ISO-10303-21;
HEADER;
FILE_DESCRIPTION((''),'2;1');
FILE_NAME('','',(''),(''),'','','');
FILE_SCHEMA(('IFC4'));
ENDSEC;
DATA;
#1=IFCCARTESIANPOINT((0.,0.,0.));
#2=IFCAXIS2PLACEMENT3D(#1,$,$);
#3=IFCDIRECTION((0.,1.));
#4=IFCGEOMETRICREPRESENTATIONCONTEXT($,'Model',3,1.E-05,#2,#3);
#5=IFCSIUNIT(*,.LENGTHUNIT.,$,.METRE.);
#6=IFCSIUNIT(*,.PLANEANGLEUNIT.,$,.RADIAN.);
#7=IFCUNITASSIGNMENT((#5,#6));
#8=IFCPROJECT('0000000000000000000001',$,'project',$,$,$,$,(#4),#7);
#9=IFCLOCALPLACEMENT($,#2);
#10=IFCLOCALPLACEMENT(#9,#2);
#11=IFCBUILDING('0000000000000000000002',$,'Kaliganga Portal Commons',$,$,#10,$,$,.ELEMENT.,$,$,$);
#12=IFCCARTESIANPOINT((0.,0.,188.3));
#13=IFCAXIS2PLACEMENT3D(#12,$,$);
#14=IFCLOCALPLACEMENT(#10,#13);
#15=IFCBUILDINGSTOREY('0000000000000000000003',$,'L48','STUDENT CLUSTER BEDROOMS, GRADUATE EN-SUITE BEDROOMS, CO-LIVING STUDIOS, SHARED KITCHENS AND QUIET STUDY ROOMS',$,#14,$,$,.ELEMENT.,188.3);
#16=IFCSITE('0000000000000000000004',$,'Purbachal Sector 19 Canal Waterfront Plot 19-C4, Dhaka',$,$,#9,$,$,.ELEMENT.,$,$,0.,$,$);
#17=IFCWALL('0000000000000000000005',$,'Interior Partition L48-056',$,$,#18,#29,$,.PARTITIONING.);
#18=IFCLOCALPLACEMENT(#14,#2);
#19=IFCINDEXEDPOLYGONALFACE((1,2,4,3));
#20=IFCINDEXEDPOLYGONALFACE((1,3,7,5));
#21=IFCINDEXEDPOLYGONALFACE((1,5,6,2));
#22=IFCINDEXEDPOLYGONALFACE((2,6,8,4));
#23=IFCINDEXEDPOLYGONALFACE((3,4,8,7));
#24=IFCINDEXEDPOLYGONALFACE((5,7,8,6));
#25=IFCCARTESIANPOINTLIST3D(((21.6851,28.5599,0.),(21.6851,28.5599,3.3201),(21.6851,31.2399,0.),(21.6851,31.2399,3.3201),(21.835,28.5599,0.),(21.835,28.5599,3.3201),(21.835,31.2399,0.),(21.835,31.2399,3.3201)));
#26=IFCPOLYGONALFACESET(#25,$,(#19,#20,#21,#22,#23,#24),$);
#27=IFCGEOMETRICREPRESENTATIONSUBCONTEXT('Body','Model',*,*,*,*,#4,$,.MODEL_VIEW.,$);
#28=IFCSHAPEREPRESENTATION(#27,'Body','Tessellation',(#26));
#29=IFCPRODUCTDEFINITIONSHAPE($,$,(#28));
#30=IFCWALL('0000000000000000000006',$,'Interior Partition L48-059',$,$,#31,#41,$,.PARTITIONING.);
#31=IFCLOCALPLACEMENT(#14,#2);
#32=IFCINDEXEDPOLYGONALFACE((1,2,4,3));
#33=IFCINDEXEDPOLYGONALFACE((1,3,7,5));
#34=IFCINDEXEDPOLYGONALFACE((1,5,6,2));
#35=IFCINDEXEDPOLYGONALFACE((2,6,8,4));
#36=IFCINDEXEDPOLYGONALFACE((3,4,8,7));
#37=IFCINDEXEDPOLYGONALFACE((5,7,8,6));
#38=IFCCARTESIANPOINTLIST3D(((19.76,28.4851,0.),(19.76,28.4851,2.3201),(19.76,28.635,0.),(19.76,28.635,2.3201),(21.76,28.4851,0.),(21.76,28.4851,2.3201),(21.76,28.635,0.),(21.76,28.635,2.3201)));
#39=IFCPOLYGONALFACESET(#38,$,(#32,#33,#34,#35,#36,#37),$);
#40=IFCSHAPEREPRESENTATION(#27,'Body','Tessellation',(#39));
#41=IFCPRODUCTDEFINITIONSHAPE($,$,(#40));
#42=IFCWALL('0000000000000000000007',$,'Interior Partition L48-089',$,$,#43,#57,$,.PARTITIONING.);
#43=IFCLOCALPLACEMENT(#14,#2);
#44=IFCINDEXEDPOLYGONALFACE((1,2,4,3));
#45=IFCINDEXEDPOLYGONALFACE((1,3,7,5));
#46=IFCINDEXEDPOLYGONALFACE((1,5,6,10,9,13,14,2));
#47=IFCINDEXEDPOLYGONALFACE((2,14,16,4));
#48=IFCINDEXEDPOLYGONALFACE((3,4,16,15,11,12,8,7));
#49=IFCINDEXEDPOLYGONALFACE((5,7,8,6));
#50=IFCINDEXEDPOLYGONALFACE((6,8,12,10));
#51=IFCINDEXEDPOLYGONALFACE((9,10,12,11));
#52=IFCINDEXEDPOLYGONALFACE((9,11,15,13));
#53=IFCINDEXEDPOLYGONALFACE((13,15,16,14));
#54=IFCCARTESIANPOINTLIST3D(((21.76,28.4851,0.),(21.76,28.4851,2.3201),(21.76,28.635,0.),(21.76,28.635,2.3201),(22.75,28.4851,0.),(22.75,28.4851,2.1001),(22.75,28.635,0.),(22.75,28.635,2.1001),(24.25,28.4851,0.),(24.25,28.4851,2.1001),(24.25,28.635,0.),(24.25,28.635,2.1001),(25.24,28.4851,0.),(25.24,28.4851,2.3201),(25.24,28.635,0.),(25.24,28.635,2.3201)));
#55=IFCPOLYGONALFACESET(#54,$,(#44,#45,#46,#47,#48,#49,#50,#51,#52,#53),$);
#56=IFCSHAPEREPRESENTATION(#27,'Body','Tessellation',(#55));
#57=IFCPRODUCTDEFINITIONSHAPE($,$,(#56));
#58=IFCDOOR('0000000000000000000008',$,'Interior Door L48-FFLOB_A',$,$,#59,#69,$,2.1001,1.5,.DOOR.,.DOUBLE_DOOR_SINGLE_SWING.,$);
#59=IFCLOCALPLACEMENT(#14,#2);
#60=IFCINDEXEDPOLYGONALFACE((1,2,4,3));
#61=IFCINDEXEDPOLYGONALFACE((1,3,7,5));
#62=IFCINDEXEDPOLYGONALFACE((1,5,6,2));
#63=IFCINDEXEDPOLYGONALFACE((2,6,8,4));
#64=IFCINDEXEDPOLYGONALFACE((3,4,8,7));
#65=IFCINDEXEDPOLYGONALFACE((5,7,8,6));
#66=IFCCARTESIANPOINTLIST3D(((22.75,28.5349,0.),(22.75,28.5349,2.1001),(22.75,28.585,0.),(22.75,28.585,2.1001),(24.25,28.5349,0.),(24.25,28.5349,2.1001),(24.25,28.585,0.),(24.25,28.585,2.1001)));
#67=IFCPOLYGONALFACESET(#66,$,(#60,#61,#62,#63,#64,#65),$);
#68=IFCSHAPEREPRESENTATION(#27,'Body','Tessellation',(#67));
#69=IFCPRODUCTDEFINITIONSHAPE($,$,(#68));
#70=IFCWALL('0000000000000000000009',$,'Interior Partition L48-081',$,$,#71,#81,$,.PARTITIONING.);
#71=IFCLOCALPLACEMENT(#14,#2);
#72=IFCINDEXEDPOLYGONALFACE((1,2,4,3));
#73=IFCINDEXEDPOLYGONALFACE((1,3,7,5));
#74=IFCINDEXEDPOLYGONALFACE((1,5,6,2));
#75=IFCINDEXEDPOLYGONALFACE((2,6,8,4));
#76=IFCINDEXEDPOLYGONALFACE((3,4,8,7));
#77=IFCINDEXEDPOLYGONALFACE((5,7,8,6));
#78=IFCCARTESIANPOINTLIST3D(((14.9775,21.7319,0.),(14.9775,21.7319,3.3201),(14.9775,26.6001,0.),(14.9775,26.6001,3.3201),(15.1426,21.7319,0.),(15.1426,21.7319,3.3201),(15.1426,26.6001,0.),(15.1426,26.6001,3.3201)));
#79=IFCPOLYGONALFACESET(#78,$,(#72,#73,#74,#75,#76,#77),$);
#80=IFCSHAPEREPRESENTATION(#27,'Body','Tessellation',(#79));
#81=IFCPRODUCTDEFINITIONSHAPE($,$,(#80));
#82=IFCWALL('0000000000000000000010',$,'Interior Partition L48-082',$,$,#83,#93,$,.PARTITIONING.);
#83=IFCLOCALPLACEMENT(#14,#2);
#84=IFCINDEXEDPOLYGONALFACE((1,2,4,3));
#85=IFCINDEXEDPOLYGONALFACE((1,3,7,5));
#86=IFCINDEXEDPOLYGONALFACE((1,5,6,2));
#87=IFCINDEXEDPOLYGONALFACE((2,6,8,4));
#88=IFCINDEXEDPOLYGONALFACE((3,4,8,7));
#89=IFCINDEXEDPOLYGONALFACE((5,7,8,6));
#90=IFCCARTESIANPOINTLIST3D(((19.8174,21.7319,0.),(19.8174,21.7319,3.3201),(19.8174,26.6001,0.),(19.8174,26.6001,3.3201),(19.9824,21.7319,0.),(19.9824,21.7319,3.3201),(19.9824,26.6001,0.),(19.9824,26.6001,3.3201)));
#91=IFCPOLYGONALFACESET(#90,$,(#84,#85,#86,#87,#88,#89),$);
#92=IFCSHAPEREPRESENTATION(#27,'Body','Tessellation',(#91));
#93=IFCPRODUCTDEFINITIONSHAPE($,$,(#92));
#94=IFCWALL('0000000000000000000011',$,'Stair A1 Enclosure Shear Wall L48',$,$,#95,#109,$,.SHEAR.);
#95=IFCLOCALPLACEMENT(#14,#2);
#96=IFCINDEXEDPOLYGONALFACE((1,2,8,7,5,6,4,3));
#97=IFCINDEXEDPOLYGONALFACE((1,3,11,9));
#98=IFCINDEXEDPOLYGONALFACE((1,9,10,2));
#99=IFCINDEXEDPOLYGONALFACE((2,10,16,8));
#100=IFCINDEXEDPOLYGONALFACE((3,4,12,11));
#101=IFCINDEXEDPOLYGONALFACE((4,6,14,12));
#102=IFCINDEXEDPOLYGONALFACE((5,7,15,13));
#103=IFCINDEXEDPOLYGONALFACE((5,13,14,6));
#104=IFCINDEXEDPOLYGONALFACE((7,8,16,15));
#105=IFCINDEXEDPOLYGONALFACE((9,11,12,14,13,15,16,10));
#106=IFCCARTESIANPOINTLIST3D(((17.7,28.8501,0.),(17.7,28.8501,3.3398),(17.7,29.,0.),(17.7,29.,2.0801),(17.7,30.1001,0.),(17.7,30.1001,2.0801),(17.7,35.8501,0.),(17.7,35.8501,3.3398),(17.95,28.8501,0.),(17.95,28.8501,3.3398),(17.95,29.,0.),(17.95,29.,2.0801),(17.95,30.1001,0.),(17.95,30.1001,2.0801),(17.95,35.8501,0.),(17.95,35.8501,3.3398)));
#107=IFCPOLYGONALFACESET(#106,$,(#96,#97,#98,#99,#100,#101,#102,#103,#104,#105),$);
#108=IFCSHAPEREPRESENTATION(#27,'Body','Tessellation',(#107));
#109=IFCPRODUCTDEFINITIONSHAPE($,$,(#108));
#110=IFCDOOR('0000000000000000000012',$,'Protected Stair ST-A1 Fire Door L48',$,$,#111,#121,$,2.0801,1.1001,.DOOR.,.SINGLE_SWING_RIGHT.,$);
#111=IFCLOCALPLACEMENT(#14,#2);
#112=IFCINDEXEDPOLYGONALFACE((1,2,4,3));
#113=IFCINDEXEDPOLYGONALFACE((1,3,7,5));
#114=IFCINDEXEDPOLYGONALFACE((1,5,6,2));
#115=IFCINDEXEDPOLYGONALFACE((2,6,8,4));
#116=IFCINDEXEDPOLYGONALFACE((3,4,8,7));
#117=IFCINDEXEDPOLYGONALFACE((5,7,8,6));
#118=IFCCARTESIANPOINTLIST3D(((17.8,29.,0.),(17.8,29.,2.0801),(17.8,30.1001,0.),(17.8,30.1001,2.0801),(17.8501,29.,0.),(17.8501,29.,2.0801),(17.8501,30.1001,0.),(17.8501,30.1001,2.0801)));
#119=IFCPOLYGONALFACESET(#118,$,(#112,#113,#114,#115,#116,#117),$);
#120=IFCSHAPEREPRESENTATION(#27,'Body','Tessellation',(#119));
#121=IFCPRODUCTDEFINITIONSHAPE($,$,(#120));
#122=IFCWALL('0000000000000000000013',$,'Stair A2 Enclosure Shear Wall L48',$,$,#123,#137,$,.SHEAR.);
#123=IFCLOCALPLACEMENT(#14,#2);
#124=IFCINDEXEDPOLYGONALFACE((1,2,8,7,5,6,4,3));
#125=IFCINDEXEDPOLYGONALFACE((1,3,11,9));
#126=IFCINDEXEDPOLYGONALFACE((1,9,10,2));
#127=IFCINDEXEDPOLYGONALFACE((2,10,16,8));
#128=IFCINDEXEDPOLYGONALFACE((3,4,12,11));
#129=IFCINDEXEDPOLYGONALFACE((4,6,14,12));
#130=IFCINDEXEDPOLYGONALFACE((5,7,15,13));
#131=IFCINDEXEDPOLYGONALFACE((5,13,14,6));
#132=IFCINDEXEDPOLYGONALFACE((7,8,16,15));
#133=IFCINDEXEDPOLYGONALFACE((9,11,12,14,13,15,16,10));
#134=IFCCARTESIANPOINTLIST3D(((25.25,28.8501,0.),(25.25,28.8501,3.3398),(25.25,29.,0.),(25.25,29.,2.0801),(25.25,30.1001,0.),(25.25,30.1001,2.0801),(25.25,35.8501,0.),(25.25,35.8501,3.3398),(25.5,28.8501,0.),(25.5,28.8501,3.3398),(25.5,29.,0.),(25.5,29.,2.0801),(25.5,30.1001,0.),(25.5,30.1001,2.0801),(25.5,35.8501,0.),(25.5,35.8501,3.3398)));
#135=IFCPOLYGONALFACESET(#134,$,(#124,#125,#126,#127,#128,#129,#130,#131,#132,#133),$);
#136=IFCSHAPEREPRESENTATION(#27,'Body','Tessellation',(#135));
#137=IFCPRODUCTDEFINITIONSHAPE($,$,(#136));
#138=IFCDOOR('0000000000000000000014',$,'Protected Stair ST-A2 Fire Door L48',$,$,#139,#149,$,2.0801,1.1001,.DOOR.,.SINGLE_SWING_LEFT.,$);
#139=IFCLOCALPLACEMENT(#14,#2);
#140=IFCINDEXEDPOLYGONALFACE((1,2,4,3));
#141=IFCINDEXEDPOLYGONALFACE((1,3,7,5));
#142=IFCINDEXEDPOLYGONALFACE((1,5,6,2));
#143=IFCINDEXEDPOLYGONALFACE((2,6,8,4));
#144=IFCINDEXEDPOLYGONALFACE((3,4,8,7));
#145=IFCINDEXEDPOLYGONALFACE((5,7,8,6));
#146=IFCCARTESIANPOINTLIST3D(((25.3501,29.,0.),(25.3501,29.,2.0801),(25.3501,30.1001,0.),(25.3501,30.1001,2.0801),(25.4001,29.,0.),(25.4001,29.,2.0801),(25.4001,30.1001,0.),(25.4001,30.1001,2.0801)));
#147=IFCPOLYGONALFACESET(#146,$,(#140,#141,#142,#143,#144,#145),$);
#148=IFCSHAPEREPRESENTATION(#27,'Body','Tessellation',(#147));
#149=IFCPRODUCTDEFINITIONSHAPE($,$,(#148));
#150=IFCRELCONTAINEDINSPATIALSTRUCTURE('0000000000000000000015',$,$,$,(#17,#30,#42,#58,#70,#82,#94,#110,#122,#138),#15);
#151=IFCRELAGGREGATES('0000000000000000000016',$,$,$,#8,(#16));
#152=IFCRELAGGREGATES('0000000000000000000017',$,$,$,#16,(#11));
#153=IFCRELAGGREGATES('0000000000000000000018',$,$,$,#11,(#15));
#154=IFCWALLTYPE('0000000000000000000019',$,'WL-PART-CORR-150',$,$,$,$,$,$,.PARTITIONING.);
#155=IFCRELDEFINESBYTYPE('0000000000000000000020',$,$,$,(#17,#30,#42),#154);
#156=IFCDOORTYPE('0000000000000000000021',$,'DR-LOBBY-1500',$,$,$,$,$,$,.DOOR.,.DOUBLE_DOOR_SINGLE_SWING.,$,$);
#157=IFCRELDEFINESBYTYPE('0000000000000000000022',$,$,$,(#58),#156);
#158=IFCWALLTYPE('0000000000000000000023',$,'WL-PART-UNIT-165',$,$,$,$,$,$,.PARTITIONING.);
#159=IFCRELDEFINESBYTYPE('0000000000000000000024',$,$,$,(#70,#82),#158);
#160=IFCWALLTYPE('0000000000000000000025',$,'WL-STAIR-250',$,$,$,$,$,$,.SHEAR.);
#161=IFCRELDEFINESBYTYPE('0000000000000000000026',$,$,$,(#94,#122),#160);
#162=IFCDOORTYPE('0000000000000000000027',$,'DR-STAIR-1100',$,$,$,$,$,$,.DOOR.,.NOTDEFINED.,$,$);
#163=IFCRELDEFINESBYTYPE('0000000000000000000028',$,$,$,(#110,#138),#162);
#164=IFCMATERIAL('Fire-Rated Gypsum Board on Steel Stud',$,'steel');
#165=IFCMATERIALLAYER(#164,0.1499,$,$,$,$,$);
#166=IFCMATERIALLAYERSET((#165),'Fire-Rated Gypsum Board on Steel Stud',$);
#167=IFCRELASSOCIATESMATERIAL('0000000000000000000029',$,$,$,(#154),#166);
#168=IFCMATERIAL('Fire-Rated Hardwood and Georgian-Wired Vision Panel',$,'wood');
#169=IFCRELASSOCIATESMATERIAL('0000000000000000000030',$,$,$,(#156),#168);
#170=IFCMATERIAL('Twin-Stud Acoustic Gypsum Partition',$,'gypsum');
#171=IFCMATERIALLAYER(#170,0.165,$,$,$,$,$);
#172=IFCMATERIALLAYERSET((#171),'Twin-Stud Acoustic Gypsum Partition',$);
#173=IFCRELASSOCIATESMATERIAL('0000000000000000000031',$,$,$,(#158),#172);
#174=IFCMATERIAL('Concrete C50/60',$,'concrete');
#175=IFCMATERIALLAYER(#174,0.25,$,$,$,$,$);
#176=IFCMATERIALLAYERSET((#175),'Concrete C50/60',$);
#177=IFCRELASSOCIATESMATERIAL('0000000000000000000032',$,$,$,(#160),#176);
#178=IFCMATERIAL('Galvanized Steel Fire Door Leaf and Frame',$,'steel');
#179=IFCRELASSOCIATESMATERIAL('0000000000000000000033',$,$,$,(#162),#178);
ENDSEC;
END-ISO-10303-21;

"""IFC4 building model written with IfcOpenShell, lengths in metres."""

from ifc_helpers import new_model, si_unit, direction, frame, frame_2d, origin, place, context, subcontext, project, spatial, rectangle, extrude, material, layer, layer_set, type_object, element, fill, save


model = new_model("IFC4")

# Units and contexts
model_context = context("Model", 3, precision=1e-05, world=origin(), true_north=direction((0.0, 1.0)))
body_context = subcontext(model_context, "Body", "Model", "MODEL_VIEW")
ifc_project = project(units=[si_unit("LENGTHUNIT", "METRE"), si_unit("PLANEANGLEUNIT", "RADIAN")], contexts=[model_context])

# Site, building, storey
site_placement = place(None, origin())
site = spatial("IfcSite", under=ifc_project, at=site_placement, Name="Purbachal Sector 19 Canal Waterfront Plot 19-C4, Dhaka", CompositionType="ELEMENT", RefElevation=0.0)
building_placement = place(site_placement, origin())
building = spatial("IfcBuilding", under=site, at=building_placement, Name="Kaliganga Portal Commons", CompositionType="ELEMENT")
storey_placement = place(building_placement, frame((0.0, 0.0, 188.3)))
storey = spatial("IfcBuildingStorey", under=building, at=storey_placement, Name="L48", Description="STUDENT CLUSTER BEDROOMS, GRADUATE EN-SUITE BEDROOMS, CO-LIVING STUDIOS, SHARED KITCHENS AND QUIET STUDY ROOMS", CompositionType="ELEMENT", Elevation=188.3)

# Shared definitions
ifc_material_1 = material(Name="Concrete C50/60", Category="concrete")

# Shared definitions
ifc_material_2 = material(Name="Fire-Rated Gypsum Board on Steel Stud", Category="steel")
ifc_layer_1 = layer(ifc_material_2, 0.1499)
ifc_layer_set_1 = layer_set([ifc_layer_1], Name="Fire-Rated Gypsum Board on Steel Stud")
wall_type_1 = type_object("IfcWallType", Name="WL-PART-CORR-150", PredefinedType="PARTITIONING", material=ifc_layer_set_1)

# Walls
wall_1_placement = place(storey_placement, frame((21.76, 28.5601, 0.0), z_axis=(0.0, 0.0, 1.0), x_axis=(0.0, 1.0, 0.0)))
element("IfcWall", 1, at=wall_1_placement, inside=storey, type_object=wall_type_1, Name="Interior Partition L48-056", PredefinedType="PARTITIONING", context=body_context, shape_type="SweptSolid", body=[
    extrude(rectangle(XDim=2.6799, YDim=0.1499, at=frame_2d((1.3398, 0.0))), origin(), (0.0, 0.0, 1.0), 3.3201),
])
wall_2_placement = place(storey_placement, frame((19.76, 28.5601, 0.0), z_axis=(0.0, 0.0, 1.0), x_axis=(1.0, 0.0, 0.0)))
element("IfcWall", 2, at=wall_2_placement, inside=storey, type_object=wall_type_1, Name="Interior Partition L48-059", PredefinedType="PARTITIONING", context=body_context, shape_type="SweptSolid", body=[
    extrude(rectangle(XDim=2.0, YDim=0.1499, at=frame_2d((1.0, 0.0))), origin(), (0.0, 0.0, 1.0), 2.3201),
])

# Wall, opening, door
wall_3_placement = place(storey_placement, frame((21.76, 28.5601, 0.0), z_axis=(0.0, 0.0, 1.0), x_axis=(1.0, 0.0, 0.0)))
wall_3 = element("IfcWall", 3, at=wall_3_placement, inside=storey, type_object=wall_type_1, Name="Interior Partition L48-089", PredefinedType="PARTITIONING", context=body_context, shape_type="SweptSolid", body=[
    extrude(rectangle(XDim=3.48, YDim=0.1499, at=frame_2d((1.74, 0.0))), origin(), (0.0, 0.0, 1.0), 2.3201),
])
opening_1_placement = place(wall_3_placement, frame((0.99, 0.0, 0.0)))
opening_1 = element("IfcOpeningElement", 4, at=opening_1_placement, cuts=wall_3, PredefinedType="OPENING", context=body_context, shape_type="SweptSolid", body=[
    extrude(rectangle(XDim=1.5, YDim=2.1001, at=frame_2d((0.75, 1.05))), frame((0.0, 0.085, 0.0), z_axis=(0.0, -1.0, 0.0), x_axis=(1.0, 0.0, 0.0)), (0.0, 0.0, 1.0), 0.1699),
])
ifc_material_3 = material(Name="Fire-Rated Hardwood and Georgian-Wired Vision Panel", Category="wood")
door_type_1 = type_object("IfcDoorType", Name="DR-LOBBY-1500", OperationType="DOUBLE_DOOR_SINGLE_SWING", PredefinedType="DOOR", material=ifc_material_3)
door_1_placement = place(opening_1_placement, origin())
door_1 = element("IfcDoor", 5, at=door_1_placement, inside=storey, type_object=door_type_1, Name="Interior Door L48-FFLOB_A", OperationType="DOUBLE_DOOR_SINGLE_SWING", OverallHeight=2.1001, OverallWidth=1.5, PredefinedType="DOOR", context=body_context, shape_type="SweptSolid", body=[
    extrude(rectangle(XDim=1.5, YDim=2.1001, at=frame_2d((0.75, 1.05))), frame((0.0, 0.0249, 0.0), z_axis=(0.0, -1.0, 0.0), x_axis=(1.0, 0.0, 0.0)), (0.0, 0.0, 1.0), 0.05),
])
fill(opening_1, door_1)

# Walls
ifc_material_4 = material(Name="Twin-Stud Acoustic Gypsum Partition", Category="gypsum")
ifc_layer_2 = layer(ifc_material_4, 0.165)
ifc_layer_set_2 = layer_set([ifc_layer_2], Name="Twin-Stud Acoustic Gypsum Partition")
wall_type_2 = type_object("IfcWallType", Name="WL-PART-UNIT-165", PredefinedType="PARTITIONING", material=ifc_layer_set_2)
for number, where, z_axis, x_axis, name in (
    (6, (15.0601, 21.7319, 0.0), (0.0, 0.0, 1.0), (0.0, 1.0, 0.0), "Interior Partition L48-081"),
    (7, (19.8999, 21.7319, 0.0), (0.0, 0.0, 1.0), (0.0, 1.0, 0.0), "Interior Partition L48-082"),
):
    element("IfcWall", number, at=place(storey_placement, frame(where, z_axis=z_axis, x_axis=x_axis)), inside=storey, type_object=wall_type_2, Name=name, PredefinedType="PARTITIONING", context=body_context, shape_type="SweptSolid", body=[
        extrude(rectangle(XDim=4.8682, YDim=0.165, at=frame_2d((2.4341, 0.0))), origin(), (0.0, 0.0, 1.0), 3.3201),
    ])

# Walls, openings, doors
ifc_layer_3 = layer(ifc_material_1, 0.25)
ifc_layer_set_3 = layer_set([ifc_layer_3], Name="Concrete C50/60")
wall_type_3 = type_object("IfcWallType", Name="WL-STAIR-250", PredefinedType="SHEAR", material=ifc_layer_set_3)
wall_4_placement = place(storey_placement, frame((17.825, 28.8501, 0.0), z_axis=(0.0, 0.0, 1.0), x_axis=(0.0, 1.0, 0.0)))
wall_4 = element("IfcWall", 8, at=wall_4_placement, inside=storey, type_object=wall_type_3, Name="Stair A1 Enclosure Shear Wall L48", PredefinedType="SHEAR", context=body_context, shape_type="SweptSolid", body=[
    extrude(rectangle(XDim=7.0, YDim=0.25, at=frame_2d((3.5, 0.0))), origin(), (0.0, 0.0, 1.0), 3.3398),
])
opening_2_placement = place(wall_4_placement, frame((0.1499, 0.0, 0.0)))
opening_2 = element("IfcOpeningElement", 9, at=opening_2_placement, cuts=wall_4, PredefinedType="OPENING", context=body_context, shape_type="SweptSolid", body=[
    extrude(rectangle(XDim=1.1001, YDim=2.0801, at=frame_2d((0.55, 1.04))), frame((0.0, 0.135, 0.0), z_axis=(0.0, -1.0, 0.0), x_axis=(1.0, 0.0, 0.0)), (0.0, 0.0, 1.0), 0.27),
])
ifc_material_5 = material(Name="Galvanized Steel Fire Door Leaf and Frame", Category="steel")
door_type_2 = type_object("IfcDoorType", Name="DR-STAIR-1100", OperationType="NOTDEFINED", PredefinedType="DOOR", material=ifc_material_5)
door_2_placement = place(opening_2_placement, origin())
door_2 = element("IfcDoor", 10, at=door_2_placement, inside=storey, type_object=door_type_2, Name="Protected Stair ST-A1 Fire Door L48", OperationType="SINGLE_SWING_RIGHT", OverallHeight=2.0801, OverallWidth=1.1001, PredefinedType="DOOR", context=body_context, shape_type="SweptSolid", body=[
    extrude(rectangle(XDim=1.1001, YDim=2.0801, at=frame_2d((0.55, 1.04))), frame((0.0, 0.0249, 0.0), z_axis=(0.0, -1.0, 0.0), x_axis=(1.0, 0.0, 0.0)), (0.0, 0.0, 1.0), 0.05),
])
fill(opening_2, door_2)
wall_5_placement = place(storey_placement, frame((25.375, 28.8501, 0.0), z_axis=(0.0, 0.0, 1.0), x_axis=(0.0, 1.0, 0.0)))
wall_5 = element("IfcWall", 11, at=wall_5_placement, inside=storey, type_object=wall_type_3, Name="Stair A2 Enclosure Shear Wall L48", PredefinedType="SHEAR", context=body_context, shape_type="SweptSolid", body=[
    extrude(rectangle(XDim=7.0, YDim=0.25, at=frame_2d((3.5, 0.0))), origin(), (0.0, 0.0, 1.0), 3.3398),
])
opening_3_placement = place(wall_5_placement, frame((0.1499, 0.0, 0.0)))
opening_3 = element("IfcOpeningElement", 12, at=opening_3_placement, cuts=wall_5, PredefinedType="OPENING", context=body_context, shape_type="SweptSolid", body=[
    extrude(rectangle(XDim=1.1001, YDim=2.0801, at=frame_2d((0.55, 1.04))), frame((0.0, 0.135, 0.0), z_axis=(0.0, -1.0, 0.0), x_axis=(1.0, 0.0, 0.0)), (0.0, 0.0, 1.0), 0.27),
])
door_3_placement = place(opening_3_placement, origin())
door_3 = element("IfcDoor", 13, at=door_3_placement, inside=storey, type_object=door_type_2, Name="Protected Stair ST-A2 Fire Door L48", OperationType="SINGLE_SWING_LEFT", OverallHeight=2.0801, OverallWidth=1.1001, PredefinedType="DOOR", context=body_context, shape_type="SweptSolid", body=[
    extrude(rectangle(XDim=1.1001, YDim=2.0801, at=frame_2d((0.55, 1.04))), frame((0.0, 0.0249, 0.0), z_axis=(0.0, -1.0, 0.0), x_axis=(1.0, 0.0, 0.0)), (0.0, 0.0, 1.0), 0.05),
])
fill(opening_3, door_3)

save(model, "model.ifc")
